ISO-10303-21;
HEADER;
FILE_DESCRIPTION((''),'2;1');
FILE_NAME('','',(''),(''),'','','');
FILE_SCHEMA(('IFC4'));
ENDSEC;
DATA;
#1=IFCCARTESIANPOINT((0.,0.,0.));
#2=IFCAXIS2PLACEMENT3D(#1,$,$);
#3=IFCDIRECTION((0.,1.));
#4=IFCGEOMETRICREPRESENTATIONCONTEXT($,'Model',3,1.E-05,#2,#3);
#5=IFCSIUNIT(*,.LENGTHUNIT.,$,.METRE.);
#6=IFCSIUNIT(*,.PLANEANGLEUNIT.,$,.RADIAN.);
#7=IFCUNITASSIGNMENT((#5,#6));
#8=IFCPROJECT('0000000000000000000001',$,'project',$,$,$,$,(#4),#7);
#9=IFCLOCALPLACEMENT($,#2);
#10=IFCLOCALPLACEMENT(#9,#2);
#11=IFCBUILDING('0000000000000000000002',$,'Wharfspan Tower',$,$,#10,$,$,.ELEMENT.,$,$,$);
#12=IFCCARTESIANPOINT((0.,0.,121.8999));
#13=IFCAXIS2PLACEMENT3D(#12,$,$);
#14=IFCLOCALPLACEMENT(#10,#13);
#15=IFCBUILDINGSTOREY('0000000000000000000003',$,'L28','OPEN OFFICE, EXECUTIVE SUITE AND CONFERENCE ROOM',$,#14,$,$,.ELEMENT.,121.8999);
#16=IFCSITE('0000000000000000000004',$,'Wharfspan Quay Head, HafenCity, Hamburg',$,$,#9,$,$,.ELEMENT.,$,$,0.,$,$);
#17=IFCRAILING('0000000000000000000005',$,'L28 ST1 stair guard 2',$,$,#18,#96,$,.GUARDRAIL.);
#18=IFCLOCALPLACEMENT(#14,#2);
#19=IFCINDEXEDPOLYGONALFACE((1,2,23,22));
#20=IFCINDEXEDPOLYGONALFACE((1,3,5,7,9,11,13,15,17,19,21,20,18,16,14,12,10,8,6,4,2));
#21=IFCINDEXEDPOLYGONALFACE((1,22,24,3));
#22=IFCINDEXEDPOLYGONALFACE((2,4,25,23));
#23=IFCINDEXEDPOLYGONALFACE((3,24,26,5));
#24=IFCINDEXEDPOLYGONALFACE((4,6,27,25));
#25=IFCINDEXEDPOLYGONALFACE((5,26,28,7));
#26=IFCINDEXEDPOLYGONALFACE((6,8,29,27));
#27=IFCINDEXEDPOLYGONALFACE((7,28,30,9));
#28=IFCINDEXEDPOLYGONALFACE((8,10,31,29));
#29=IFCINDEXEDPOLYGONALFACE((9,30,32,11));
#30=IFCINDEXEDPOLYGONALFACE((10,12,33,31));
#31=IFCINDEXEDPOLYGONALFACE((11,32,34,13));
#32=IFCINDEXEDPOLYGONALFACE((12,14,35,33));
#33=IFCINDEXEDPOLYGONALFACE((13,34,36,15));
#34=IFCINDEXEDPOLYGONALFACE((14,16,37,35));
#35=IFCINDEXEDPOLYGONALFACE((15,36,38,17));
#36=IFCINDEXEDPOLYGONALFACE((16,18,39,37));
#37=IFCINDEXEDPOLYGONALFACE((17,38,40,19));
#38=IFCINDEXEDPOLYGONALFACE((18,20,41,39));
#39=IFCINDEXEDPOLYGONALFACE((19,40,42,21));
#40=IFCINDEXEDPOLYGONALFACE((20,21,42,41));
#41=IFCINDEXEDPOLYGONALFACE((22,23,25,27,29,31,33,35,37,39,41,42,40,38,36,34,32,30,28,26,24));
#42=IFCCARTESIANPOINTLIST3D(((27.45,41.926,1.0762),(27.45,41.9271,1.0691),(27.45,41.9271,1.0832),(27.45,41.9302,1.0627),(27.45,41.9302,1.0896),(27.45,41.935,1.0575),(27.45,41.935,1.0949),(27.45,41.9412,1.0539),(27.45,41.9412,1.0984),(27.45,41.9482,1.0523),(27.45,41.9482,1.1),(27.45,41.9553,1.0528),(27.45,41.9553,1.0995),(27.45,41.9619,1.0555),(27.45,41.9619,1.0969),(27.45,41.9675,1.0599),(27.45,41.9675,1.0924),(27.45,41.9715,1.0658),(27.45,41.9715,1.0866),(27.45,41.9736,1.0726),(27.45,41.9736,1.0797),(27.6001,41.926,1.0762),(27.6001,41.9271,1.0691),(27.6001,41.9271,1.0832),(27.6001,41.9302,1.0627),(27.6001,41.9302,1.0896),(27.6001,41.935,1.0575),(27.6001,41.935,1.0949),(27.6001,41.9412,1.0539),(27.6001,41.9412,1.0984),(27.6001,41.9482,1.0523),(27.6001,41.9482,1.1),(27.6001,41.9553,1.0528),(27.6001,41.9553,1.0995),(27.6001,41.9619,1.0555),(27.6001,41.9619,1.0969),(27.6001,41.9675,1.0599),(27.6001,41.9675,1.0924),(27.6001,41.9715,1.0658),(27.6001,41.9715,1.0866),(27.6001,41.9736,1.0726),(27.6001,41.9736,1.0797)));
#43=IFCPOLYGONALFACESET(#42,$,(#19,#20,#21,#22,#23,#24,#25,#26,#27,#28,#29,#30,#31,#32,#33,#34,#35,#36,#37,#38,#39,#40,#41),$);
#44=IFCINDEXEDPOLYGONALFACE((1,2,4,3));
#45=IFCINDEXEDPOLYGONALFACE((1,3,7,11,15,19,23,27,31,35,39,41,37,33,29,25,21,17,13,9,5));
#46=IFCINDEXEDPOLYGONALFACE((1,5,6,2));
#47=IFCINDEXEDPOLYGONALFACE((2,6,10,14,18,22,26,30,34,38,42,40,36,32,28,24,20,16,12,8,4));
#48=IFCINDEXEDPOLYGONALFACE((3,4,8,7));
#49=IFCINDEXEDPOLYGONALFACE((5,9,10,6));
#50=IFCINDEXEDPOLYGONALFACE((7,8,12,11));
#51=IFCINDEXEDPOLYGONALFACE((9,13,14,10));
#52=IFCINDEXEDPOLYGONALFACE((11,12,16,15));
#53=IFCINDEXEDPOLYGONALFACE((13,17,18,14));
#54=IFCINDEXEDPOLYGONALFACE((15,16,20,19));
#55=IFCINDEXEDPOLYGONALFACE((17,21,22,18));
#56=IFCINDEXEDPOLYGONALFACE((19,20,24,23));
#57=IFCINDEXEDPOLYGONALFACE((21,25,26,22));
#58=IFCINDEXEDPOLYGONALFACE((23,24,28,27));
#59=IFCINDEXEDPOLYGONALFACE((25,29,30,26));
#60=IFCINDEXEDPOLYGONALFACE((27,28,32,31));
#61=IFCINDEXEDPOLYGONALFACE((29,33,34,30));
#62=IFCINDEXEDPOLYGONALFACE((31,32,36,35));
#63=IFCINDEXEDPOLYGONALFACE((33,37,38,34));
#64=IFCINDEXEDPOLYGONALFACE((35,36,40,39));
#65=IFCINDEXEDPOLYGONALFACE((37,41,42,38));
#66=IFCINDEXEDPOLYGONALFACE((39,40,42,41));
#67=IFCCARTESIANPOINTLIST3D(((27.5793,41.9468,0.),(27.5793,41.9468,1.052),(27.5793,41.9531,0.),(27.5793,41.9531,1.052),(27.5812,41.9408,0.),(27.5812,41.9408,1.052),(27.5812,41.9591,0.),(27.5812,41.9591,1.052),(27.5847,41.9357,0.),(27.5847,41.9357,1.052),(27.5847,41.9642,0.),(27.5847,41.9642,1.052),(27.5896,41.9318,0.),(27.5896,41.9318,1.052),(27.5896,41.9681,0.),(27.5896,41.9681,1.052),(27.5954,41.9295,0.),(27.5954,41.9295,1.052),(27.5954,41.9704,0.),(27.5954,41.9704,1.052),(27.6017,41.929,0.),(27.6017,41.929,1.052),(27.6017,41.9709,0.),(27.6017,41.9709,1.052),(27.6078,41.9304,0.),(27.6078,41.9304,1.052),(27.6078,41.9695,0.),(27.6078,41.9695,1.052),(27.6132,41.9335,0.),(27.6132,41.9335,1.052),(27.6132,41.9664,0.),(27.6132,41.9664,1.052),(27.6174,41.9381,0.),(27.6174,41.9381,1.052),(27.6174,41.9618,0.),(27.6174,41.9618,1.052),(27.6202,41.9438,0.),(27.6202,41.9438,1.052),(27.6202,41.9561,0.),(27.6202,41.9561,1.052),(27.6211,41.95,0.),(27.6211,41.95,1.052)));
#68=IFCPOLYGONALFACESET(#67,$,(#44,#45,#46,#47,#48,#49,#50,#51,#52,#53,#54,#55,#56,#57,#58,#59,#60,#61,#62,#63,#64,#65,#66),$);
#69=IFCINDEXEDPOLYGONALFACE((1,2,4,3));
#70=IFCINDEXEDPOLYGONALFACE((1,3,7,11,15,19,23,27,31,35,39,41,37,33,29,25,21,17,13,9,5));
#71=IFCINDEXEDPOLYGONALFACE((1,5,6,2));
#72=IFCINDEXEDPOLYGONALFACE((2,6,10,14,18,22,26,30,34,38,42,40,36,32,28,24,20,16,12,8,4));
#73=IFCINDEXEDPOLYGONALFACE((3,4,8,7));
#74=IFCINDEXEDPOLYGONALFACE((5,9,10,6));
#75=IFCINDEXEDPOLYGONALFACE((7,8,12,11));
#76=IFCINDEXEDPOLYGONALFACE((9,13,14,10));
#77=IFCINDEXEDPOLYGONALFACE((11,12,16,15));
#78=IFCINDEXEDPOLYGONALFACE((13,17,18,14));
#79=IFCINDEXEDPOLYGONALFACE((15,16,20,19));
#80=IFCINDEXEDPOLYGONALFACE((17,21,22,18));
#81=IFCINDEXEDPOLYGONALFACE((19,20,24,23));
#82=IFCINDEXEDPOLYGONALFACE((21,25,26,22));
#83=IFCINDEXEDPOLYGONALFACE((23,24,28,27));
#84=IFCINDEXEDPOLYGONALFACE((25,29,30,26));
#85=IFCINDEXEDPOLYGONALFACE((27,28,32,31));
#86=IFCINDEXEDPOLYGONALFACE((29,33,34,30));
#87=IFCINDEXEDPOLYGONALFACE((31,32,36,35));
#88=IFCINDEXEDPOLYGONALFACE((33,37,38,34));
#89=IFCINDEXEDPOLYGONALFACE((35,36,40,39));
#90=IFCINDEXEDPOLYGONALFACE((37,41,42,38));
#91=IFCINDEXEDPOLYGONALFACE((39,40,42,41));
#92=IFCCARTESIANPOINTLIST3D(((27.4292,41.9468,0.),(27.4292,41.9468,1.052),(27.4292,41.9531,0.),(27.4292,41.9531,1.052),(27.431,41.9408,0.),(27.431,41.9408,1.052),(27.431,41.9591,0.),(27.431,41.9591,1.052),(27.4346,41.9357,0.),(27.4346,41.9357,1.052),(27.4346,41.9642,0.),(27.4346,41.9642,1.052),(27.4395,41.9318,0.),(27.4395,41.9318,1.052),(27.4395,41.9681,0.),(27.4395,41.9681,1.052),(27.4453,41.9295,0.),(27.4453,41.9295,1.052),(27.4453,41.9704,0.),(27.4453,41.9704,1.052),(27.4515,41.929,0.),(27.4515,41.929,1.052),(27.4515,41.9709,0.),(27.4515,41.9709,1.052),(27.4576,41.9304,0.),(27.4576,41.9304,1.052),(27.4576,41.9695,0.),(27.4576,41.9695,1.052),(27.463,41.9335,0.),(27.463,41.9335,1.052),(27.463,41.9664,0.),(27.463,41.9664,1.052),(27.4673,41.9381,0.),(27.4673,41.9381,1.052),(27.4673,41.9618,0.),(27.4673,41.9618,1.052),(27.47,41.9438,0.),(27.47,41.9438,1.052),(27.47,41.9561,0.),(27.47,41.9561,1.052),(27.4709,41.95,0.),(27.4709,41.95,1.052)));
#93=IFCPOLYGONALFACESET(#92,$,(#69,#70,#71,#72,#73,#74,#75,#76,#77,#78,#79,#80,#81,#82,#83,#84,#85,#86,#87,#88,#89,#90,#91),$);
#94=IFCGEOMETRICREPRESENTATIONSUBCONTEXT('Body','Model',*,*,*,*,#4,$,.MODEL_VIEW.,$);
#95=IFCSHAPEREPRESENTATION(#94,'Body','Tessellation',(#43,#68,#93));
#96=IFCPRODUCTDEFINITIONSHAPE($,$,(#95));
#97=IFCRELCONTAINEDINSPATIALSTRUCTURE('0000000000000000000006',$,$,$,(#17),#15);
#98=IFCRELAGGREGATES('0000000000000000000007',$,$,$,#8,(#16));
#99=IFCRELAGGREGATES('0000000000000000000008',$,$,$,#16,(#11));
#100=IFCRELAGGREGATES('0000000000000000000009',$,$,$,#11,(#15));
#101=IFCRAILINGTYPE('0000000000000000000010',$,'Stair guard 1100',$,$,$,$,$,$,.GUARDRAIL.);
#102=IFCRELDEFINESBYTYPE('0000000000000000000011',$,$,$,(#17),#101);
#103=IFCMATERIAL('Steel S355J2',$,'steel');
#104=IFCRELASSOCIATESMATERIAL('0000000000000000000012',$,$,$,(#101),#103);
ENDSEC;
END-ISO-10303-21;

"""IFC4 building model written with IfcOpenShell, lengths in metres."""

from ifc_helpers import new_model, si_unit, direction, frame, origin, origin_2d, place, context, subcontext, project, spatial, circle, extrude, material, type_object, element, save


model = new_model("IFC4")

# Units and contexts
model_context = context("Model", 3, precision=1e-05, world=origin(), true_north=direction((0.0, 1.0)))
body_context = subcontext(model_context, "Body", "Model", "MODEL_VIEW")
ifc_project = project(units=[si_unit("LENGTHUNIT", "METRE"), si_unit("PLANEANGLEUNIT", "RADIAN")], contexts=[model_context])

# Site, building, storey
site_placement = place(None, origin())
site = spatial("IfcSite", under=ifc_project, at=site_placement, Name="Wharfspan Quay Head, HafenCity, Hamburg", CompositionType="ELEMENT", RefElevation=0.0)
building_placement = place(site_placement, origin())
building = spatial("IfcBuilding", under=site, at=building_placement, Name="Wharfspan Tower", CompositionType="ELEMENT")
storey_placement = place(building_placement, frame((0.0, 0.0, 121.8999)))
storey = spatial("IfcBuildingStorey", under=building, at=storey_placement, Name="L28", Description="OPEN OFFICE, EXECUTIVE SUITE AND CONFERENCE ROOM", CompositionType="ELEMENT", Elevation=121.8999)

# Shared definitions
ifc_material_1 = material(Name="Steel S355J2", Category="steel")

# Railing
railing_type_1 = type_object("IfcRailingType", Name="Stair guard 1100", PredefinedType="GUARDRAIL", material=ifc_material_1)
railing_1_placement = place(storey_placement, frame((27.6001, 41.95, 0.0)))
element("IfcRailing", 1, at=railing_1_placement, inside=storey, type_object=railing_type_1, Name="L28 ST1 stair guard 2", PredefinedType="GUARDRAIL", context=body_context, shape_type="SweptSolid", body=[
    extrude(circle(Radius=0.0239, at=origin_2d()), frame((0.0, 0.0, 1.0762), z_axis=(-1.0, 0.0, 0.0), x_axis=(0.0, -1.0, 0.0)), (0.0, 0.0, 1.0), 0.1501),
    extrude(circle(Radius=0.021, at=origin_2d()), origin(), (0.0, 0.0, 1.0), 1.052),
    extrude(circle(Radius=0.021, at=origin_2d()), frame((-0.1501, 0.0, 0.0)), (0.0, 0.0, 1.0), 1.052),
])

save(model, "model.ifc")
